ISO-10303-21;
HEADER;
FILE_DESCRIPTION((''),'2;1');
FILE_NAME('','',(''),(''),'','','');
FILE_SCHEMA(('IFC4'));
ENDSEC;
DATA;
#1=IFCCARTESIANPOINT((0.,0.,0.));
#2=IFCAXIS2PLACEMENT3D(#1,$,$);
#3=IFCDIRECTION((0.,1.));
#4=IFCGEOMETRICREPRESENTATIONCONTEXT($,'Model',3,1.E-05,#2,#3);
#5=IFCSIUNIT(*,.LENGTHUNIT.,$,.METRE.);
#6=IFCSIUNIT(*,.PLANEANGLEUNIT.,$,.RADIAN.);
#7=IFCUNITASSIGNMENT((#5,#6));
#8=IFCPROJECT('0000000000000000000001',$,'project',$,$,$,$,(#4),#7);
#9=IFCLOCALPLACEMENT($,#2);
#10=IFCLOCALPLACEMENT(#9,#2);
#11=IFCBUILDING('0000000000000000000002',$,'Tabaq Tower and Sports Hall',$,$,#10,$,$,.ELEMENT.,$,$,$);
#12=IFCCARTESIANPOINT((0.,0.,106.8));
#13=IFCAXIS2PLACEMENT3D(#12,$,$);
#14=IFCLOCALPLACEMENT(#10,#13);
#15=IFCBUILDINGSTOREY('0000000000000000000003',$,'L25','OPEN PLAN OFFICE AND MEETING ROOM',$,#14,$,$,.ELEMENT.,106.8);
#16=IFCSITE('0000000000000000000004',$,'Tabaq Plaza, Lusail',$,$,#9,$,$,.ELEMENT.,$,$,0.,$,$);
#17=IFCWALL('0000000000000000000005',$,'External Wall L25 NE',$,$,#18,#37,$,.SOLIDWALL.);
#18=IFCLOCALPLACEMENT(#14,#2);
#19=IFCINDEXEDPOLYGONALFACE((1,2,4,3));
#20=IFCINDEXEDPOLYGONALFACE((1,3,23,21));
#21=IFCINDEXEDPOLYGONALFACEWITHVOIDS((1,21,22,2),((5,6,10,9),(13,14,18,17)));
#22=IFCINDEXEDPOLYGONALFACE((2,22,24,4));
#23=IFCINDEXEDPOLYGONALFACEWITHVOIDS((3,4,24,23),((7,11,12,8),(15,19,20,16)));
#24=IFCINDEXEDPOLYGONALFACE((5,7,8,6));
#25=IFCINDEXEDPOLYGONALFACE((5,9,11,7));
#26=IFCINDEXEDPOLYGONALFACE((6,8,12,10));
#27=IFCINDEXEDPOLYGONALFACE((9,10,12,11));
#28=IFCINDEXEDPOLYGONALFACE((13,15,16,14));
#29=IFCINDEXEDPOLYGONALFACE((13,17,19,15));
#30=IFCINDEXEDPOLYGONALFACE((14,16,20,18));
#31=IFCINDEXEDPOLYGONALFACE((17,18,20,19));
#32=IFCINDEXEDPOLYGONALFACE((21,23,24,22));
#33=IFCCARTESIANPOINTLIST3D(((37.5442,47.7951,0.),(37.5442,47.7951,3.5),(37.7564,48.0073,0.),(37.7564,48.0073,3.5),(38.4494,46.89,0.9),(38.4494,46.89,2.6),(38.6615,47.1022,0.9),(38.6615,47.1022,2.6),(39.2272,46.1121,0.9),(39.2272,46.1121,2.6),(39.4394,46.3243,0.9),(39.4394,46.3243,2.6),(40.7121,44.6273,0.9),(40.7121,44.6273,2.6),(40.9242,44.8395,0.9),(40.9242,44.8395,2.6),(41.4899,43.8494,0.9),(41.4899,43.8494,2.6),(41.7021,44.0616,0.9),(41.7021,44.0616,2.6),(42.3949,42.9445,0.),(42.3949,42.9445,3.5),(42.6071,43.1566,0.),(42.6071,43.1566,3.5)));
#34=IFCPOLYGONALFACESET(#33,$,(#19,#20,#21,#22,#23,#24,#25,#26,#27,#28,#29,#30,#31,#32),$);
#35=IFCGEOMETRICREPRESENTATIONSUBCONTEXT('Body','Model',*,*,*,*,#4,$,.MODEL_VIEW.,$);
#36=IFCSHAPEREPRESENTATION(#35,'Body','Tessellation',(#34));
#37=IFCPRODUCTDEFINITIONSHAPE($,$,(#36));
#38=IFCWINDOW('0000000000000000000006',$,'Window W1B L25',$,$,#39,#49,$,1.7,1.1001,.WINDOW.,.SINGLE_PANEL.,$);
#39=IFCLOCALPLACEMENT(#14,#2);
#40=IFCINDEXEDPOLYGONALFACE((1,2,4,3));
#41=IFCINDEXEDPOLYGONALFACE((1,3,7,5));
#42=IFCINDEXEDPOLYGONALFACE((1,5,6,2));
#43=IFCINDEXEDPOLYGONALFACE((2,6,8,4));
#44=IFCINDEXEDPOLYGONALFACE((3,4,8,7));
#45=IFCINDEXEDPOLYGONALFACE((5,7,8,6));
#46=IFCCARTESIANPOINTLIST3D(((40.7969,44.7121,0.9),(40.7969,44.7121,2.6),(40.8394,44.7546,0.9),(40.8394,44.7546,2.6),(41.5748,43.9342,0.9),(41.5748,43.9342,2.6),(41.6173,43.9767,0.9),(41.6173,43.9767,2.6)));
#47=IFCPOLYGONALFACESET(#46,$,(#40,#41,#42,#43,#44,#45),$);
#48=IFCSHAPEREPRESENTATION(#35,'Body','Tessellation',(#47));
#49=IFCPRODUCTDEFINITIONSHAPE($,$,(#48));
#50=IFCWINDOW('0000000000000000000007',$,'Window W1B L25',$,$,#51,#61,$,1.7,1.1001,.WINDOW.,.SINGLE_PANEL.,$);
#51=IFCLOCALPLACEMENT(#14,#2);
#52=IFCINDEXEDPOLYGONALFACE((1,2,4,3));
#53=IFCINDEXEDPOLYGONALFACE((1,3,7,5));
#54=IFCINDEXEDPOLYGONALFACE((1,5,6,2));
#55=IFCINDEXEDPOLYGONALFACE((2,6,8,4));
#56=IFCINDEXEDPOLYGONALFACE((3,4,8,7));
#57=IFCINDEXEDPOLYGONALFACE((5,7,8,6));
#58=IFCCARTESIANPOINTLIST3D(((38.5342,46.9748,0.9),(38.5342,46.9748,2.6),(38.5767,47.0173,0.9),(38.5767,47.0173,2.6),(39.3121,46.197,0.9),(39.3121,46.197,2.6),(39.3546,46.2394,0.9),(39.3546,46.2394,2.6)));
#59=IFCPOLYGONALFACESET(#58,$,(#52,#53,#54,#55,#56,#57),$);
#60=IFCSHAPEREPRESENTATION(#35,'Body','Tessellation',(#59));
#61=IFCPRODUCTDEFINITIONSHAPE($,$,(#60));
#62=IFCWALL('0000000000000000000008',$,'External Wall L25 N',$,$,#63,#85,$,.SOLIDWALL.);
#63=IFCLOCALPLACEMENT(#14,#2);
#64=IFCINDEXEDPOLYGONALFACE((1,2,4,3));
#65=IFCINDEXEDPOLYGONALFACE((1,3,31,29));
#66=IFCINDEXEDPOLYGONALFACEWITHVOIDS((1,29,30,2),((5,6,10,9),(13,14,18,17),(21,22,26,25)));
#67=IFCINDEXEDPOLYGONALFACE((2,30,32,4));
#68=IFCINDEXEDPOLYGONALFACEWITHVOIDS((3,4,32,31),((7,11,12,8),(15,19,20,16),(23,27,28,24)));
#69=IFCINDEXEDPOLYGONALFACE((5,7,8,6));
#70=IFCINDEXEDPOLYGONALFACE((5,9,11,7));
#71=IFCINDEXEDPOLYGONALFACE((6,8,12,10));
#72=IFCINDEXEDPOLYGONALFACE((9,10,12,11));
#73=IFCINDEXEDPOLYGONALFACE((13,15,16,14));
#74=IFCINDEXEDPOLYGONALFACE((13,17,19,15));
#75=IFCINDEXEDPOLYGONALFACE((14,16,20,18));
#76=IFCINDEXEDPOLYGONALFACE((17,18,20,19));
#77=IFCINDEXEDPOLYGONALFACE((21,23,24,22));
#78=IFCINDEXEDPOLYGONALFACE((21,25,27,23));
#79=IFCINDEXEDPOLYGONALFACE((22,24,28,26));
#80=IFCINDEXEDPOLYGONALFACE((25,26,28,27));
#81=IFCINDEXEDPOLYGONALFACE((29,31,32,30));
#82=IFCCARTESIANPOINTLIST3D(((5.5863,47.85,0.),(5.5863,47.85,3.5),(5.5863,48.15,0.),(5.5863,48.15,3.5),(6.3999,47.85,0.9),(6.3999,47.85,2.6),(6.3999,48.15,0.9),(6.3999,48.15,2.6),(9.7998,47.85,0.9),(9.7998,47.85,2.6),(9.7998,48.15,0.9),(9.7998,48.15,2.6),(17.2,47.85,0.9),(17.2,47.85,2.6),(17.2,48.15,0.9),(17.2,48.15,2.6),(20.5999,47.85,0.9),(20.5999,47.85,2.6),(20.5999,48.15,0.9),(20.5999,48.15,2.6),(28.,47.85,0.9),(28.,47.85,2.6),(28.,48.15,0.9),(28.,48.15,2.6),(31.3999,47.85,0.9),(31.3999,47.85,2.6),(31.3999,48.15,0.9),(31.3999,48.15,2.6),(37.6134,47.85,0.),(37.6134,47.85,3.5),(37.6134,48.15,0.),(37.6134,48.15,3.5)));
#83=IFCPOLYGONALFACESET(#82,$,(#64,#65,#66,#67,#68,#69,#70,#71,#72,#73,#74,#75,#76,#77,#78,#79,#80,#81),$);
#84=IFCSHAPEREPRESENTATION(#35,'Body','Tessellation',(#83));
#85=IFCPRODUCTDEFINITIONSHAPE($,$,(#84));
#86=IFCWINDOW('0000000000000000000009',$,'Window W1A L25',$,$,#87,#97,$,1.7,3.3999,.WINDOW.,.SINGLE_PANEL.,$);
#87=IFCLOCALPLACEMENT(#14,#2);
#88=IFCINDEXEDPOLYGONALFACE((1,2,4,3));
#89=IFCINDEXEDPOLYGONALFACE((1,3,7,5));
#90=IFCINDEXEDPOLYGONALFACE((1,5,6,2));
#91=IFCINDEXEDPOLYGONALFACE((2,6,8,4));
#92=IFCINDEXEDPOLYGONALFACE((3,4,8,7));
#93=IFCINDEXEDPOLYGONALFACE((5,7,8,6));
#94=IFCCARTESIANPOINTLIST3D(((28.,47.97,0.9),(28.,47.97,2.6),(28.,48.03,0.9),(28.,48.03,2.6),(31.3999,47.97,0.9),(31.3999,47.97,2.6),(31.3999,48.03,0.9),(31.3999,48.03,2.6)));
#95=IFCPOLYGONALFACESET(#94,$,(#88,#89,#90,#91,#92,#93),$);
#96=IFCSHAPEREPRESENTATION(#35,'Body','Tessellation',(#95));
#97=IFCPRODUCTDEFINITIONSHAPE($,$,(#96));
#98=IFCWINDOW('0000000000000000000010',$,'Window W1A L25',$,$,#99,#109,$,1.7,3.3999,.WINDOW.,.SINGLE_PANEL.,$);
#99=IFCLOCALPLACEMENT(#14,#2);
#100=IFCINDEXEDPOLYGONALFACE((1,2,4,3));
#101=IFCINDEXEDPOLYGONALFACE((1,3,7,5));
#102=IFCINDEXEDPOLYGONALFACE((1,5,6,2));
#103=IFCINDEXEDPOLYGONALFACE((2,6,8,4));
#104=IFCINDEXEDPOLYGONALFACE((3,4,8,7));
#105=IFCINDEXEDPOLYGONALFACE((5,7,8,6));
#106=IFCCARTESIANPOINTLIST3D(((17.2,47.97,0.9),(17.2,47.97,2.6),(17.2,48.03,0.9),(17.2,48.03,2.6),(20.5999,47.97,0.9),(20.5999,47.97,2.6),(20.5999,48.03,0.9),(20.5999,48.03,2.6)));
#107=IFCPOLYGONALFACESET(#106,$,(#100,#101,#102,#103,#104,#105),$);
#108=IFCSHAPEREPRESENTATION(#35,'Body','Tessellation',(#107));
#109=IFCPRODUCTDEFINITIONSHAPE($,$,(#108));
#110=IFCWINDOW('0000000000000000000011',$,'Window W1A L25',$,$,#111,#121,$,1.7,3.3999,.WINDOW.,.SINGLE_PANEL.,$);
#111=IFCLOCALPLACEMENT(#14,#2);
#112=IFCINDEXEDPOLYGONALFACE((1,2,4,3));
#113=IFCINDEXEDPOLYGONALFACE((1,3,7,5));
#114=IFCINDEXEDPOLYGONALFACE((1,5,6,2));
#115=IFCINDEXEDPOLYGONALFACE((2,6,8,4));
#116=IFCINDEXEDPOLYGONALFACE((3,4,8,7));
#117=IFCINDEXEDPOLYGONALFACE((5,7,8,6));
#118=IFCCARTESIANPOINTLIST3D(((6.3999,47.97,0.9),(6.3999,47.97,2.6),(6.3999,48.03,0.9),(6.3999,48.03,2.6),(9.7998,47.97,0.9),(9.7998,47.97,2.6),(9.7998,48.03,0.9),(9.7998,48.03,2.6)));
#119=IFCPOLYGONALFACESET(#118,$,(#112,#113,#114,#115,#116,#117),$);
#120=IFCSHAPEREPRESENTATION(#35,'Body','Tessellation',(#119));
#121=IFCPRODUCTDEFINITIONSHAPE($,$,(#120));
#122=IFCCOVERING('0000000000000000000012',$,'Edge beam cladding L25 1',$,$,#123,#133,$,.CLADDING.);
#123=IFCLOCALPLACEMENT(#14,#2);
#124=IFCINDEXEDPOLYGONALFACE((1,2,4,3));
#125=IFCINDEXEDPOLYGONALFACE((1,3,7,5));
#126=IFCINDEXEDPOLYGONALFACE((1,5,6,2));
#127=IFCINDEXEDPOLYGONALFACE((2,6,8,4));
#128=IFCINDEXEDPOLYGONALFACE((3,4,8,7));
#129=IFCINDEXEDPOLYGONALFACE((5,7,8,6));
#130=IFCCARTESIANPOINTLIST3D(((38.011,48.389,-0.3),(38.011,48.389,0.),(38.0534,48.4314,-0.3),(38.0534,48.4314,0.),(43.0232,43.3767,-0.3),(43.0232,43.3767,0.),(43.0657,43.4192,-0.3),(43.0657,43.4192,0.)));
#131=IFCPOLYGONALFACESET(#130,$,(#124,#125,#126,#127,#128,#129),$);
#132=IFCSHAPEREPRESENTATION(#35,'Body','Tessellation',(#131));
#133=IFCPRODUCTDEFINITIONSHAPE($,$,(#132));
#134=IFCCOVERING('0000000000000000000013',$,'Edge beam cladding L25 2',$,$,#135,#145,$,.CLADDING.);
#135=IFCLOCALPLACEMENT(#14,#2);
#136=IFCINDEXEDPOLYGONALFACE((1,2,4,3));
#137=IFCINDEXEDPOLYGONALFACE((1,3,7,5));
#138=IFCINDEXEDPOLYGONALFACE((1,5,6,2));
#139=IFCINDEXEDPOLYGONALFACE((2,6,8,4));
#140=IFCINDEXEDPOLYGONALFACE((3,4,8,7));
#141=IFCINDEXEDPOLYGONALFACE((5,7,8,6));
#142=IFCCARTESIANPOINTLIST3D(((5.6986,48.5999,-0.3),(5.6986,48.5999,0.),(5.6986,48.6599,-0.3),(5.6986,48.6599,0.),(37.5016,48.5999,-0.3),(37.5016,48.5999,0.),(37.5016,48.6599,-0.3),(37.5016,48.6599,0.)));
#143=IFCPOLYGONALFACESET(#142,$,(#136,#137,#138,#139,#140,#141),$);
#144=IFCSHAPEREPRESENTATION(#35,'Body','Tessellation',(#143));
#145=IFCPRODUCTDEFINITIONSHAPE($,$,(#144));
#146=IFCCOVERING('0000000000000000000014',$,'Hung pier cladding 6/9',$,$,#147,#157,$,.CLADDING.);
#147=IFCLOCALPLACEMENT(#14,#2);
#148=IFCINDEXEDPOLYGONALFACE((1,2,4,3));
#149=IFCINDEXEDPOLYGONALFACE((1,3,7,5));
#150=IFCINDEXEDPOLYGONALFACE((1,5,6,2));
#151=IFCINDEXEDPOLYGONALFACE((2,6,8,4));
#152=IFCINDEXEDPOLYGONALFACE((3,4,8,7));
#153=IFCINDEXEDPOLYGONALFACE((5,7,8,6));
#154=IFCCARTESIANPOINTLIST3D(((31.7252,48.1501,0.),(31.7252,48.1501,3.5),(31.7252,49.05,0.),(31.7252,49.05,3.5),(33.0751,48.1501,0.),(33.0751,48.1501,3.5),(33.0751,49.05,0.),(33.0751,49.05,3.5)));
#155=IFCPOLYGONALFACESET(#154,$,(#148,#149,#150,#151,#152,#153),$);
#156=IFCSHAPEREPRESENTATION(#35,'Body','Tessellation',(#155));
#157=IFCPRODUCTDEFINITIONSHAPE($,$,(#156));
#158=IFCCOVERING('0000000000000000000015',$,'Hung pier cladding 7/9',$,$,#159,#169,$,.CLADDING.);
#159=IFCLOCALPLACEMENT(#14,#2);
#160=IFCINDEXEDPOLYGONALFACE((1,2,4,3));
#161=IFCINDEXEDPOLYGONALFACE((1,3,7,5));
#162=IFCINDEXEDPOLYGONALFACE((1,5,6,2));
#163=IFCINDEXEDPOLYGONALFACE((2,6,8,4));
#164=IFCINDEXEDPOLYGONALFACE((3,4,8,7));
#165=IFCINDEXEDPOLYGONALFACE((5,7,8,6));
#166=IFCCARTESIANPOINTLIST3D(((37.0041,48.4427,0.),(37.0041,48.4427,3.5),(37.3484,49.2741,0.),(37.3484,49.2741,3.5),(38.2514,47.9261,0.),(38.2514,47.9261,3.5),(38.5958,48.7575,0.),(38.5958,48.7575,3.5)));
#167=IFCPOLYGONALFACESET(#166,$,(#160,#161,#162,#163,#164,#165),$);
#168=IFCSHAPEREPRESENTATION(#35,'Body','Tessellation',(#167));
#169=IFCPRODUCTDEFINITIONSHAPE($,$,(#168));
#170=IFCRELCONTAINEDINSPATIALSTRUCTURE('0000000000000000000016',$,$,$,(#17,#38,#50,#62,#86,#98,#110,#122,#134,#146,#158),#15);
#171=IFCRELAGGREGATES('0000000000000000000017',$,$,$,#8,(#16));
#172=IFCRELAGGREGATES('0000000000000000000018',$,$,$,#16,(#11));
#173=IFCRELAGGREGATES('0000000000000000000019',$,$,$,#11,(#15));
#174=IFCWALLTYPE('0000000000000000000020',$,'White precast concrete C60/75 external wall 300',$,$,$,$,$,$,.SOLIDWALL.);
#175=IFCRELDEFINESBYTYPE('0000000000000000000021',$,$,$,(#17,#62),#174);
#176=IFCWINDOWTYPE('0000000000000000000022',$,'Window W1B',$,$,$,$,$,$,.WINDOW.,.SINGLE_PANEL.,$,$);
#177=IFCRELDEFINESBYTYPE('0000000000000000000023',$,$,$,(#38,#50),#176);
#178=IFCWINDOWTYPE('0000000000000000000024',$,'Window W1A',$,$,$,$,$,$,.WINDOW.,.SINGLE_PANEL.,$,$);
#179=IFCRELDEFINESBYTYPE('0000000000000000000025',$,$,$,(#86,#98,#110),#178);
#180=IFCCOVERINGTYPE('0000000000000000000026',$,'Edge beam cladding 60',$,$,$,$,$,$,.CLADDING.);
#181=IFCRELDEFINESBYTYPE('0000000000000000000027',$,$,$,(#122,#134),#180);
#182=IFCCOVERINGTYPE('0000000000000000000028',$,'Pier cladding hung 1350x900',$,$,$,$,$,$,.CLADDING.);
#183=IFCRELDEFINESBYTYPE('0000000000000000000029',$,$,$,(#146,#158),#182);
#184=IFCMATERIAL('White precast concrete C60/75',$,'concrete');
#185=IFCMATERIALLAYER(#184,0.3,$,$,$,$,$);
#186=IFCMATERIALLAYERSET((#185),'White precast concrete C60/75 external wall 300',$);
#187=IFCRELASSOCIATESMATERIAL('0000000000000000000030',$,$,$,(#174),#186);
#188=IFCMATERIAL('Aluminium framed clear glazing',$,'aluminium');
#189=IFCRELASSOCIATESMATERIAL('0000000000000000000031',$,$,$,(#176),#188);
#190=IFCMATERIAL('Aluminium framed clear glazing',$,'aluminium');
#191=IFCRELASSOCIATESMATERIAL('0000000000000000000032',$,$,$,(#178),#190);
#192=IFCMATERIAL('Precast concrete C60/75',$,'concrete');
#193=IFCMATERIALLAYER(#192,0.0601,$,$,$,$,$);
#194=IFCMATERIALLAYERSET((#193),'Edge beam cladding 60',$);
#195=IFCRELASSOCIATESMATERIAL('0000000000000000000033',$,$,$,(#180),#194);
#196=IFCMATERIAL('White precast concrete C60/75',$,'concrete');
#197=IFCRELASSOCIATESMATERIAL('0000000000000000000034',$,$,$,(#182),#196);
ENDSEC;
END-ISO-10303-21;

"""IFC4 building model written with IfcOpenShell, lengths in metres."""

from ifc_helpers import new_model, si_unit, direction, frame, frame_2d, origin, place, context, subcontext, project, spatial, rectangle, extrude, material, layer, layer_set, type_object, element, fill, save


model = new_model("IFC4")

# Units and contexts
model_context = context("Model", 3, precision=1e-05, world=origin(), true_north=direction((0.0, 1.0)))
body_context = subcontext(model_context, "Body", "Model", "MODEL_VIEW")
ifc_project = project(units=[si_unit("LENGTHUNIT", "METRE"), si_unit("PLANEANGLEUNIT", "RADIAN")], contexts=[model_context])

# Site, building, storey
site_placement = place(None, origin())
site = spatial("IfcSite", under=ifc_project, at=site_placement, Name="Tabaq Plaza, Lusail", CompositionType="ELEMENT", RefElevation=0.0)
building_placement = place(site_placement, origin())
building = spatial("IfcBuilding", under=site, at=building_placement, Name="Tabaq Tower and Sports Hall", CompositionType="ELEMENT")
storey_placement = place(building_placement, frame((0.0, 0.0, 106.8)))
storey = spatial("IfcBuildingStorey", under=building, at=storey_placement, Name="L25", Description="OPEN PLAN OFFICE AND MEETING ROOM", CompositionType="ELEMENT", Elevation=106.8)

# Walls, openings, windows
ifc_material_1 = material(Name="White precast concrete C60/75", Category="concrete")
ifc_layer_1 = layer(ifc_material_1, 0.3)
ifc_layer_set_1 = layer_set([ifc_layer_1], Name="White precast concrete C60/75 external wall 300")
wall_type_1 = type_object("IfcWallType", Name="White precast concrete C60/75 external wall 300", PredefinedType="SOLIDWALL", material=ifc_layer_set_1)
wall_1_placement = place(storey_placement, frame((42.501, 43.0505, 0.0), z_axis=(0.0, 0.0, 1.0), x_axis=(-0.707107, 0.707107, 0.0)))
wall_1 = element("IfcWall", 1, at=wall_1_placement, inside=storey, type_object=wall_type_1, Name="External Wall L25 NE", PredefinedType="SOLIDWALL", context=body_context, shape_type="SweptSolid", body=[
    extrude(rectangle(XDim=6.8599, YDim=0.3, at=frame_2d((3.4299, 0.0))), origin(), (0.0, 0.0, 1.0), 3.5),
])
opening_1_placement = place(wall_1_placement, frame((1.2798, 0.0, 0.8999)))
opening_1 = element("IfcOpeningElement", 2, at=opening_1_placement, cuts=wall_1, PredefinedType="OPENING", context=body_context, shape_type="SweptSolid", body=[
    extrude(rectangle(XDim=1.1001, YDim=1.7, at=frame_2d((0.55, 0.8501))), frame((0.0, 0.1602, 0.0), z_axis=(0.0, -1.0, 0.0), x_axis=(1.0, 0.0, 0.0)), (0.0, 0.0, 1.0), 0.3201),
])
opening_2_placement = place(wall_1_placement, frame((4.4797, 0.0, 0.8999)))
opening_2 = element("IfcOpeningElement", 3, at=opening_2_placement, cuts=wall_1, PredefinedType="OPENING", context=body_context, shape_type="SweptSolid", body=[
    extrude(rectangle(XDim=1.1001, YDim=1.7, at=frame_2d((0.55, 0.8501))), frame((0.0, 0.1602, 0.0), z_axis=(0.0, -1.0, 0.0), x_axis=(1.0, 0.0, 0.0)), (0.0, 0.0, 1.0), 0.3201),
])
ifc_material_2 = material(Name="Aluminium framed clear glazing", Category="aluminium")
window_type_1 = type_object("IfcWindowType", Name="Window W1B", PartitioningType="SINGLE_PANEL", PredefinedType="WINDOW", material=ifc_material_2)
window_1_placement = place(opening_1_placement, origin())
window_1 = element("IfcWindow", 4, at=window_1_placement, inside=storey, type_object=window_type_1, Name="Window W1B L25", OverallHeight=1.7, OverallWidth=1.1001, PartitioningType="SINGLE_PANEL", PredefinedType="WINDOW", context=body_context, shape_type="SweptSolid", body=[
    extrude(rectangle(XDim=1.1001, YDim=1.7, at=frame_2d((0.55, 0.8501))), frame((0.0, 0.03, 0.0), z_axis=(0.0, -1.0, 0.0), x_axis=(1.0, 0.0, 0.0)), (0.0, 0.0, 1.0), 0.0601),
])
fill(opening_1, window_1)
window_2_placement = place(opening_2_placement, origin())
window_2 = element("IfcWindow", 5, at=window_2_placement, inside=storey, type_object=window_type_1, Name="Window W1B L25", OverallHeight=1.7, OverallWidth=1.1001, PartitioningType="SINGLE_PANEL", PredefinedType="WINDOW", context=body_context, shape_type="SweptSolid", body=[
    extrude(rectangle(XDim=1.1001, YDim=1.7, at=frame_2d((0.55, 0.8501))), frame((0.0, 0.03, 0.0), z_axis=(0.0, -1.0, 0.0), x_axis=(1.0, 0.0, 0.0)), (0.0, 0.0, 1.0), 0.0601),
])
fill(opening_2, window_2)
wall_2_placement = place(storey_placement, frame((37.6135, 48.0, 0.0), z_axis=(0.0, 0.0, 1.0), x_axis=(-1.0, 0.0, 0.0)))
wall_2 = element("IfcWall", 6, at=wall_2_placement, inside=storey, type_object=wall_type_1, Name="External Wall L25 N", PredefinedType="SOLIDWALL", context=body_context, shape_type="SweptSolid", body=[
    extrude(rectangle(XDim=32.0271, YDim=0.3, at=frame_2d((16.0137, 0.0))), origin(), (0.0, 0.0, 1.0), 3.5),
])
opening_3_placement = place(wall_2_placement, frame((6.2136, 0.0, 0.8999)))
opening_3 = element("IfcOpeningElement", 7, at=opening_3_placement, cuts=wall_2, PredefinedType="OPENING", context=body_context, shape_type="SweptSolid", body=[
    extrude(rectangle(XDim=3.3999, YDim=1.7, at=frame_2d((1.7, 0.8501))), frame((0.0, 0.1602, 0.0), z_axis=(0.0, -1.0, 0.0), x_axis=(1.0, 0.0, 0.0)), (0.0, 0.0, 1.0), 0.3201),
])
opening_4_placement = place(wall_2_placement, frame((17.0137, 0.0, 0.8999)))
opening_4 = element("IfcOpeningElement", 8, at=opening_4_placement, cuts=wall_2, PredefinedType="OPENING", context=body_context, shape_type="SweptSolid", body=[
    extrude(rectangle(XDim=3.3999, YDim=1.7, at=frame_2d((1.7, 0.8501))), frame((0.0, 0.1602, 0.0), z_axis=(0.0, -1.0, 0.0), x_axis=(1.0, 0.0, 0.0)), (0.0, 0.0, 1.0), 0.3201),
])
opening_5_placement = place(wall_2_placement, frame((27.8137, 0.0, 0.8999)))
opening_5 = element("IfcOpeningElement", 9, at=opening_5_placement, cuts=wall_2, PredefinedType="OPENING", context=body_context, shape_type="SweptSolid", body=[
    extrude(rectangle(XDim=3.3999, YDim=1.7, at=frame_2d((1.7, 0.8501))), frame((0.0, 0.1602, 0.0), z_axis=(0.0, -1.0, 0.0), x_axis=(1.0, 0.0, 0.0)), (0.0, 0.0, 1.0), 0.3201),
])
ifc_material_3 = material(Name="Aluminium framed clear glazing", Category="aluminium")
window_type_2 = type_object("IfcWindowType", Name="Window W1A", PartitioningType="SINGLE_PANEL", PredefinedType="WINDOW", material=ifc_material_3)
window_3_placement = place(opening_3_placement, origin())
window_3 = element("IfcWindow", 10, at=window_3_placement, inside=storey, type_object=window_type_2, Name="Window W1A L25", OverallHeight=1.7, OverallWidth=3.3999, PartitioningType="SINGLE_PANEL", PredefinedType="WINDOW", context=body_context, shape_type="SweptSolid", body=[
    extrude(rectangle(XDim=3.3999, YDim=1.7, at=frame_2d((1.7, 0.8501))), frame((0.0, 0.03, 0.0), z_axis=(0.0, -1.0, 0.0), x_axis=(1.0, 0.0, 0.0)), (0.0, 0.0, 1.0), 0.0601),
])
fill(opening_3, window_3)
window_4_placement = place(opening_4_placement, origin())
window_4 = element("IfcWindow", 11, at=window_4_placement, inside=storey, type_object=window_type_2, Name="Window W1A L25", OverallHeight=1.7, OverallWidth=3.3999, PartitioningType="SINGLE_PANEL", PredefinedType="WINDOW", context=body_context, shape_type="SweptSolid", body=[
    extrude(rectangle(XDim=3.3999, YDim=1.7, at=frame_2d((1.7, 0.8501))), frame((0.0, 0.03, 0.0), z_axis=(0.0, -1.0, 0.0), x_axis=(1.0, 0.0, 0.0)), (0.0, 0.0, 1.0), 0.0601),
])
fill(opening_4, window_4)
window_5_placement = place(opening_5_placement, origin())
window_5 = element("IfcWindow", 12, at=window_5_placement, inside=storey, type_object=window_type_2, Name="Window W1A L25", OverallHeight=1.7, OverallWidth=3.3999, PartitioningType="SINGLE_PANEL", PredefinedType="WINDOW", context=body_context, shape_type="SweptSolid", body=[
    extrude(rectangle(XDim=3.3999, YDim=1.7, at=frame_2d((1.7, 0.8501))), frame((0.0, 0.03, 0.0), z_axis=(0.0, -1.0, 0.0), x_axis=(1.0, 0.0, 0.0)), (0.0, 0.0, 1.0), 0.0601),
])
fill(opening_5, window_5)

# Coverings
ifc_material_4 = material(Name="Precast concrete C60/75", Category="concrete")
ifc_layer_2 = layer(ifc_material_4, 0.0601)
ifc_layer_set_2 = layer_set([ifc_layer_2], Name="Edge beam cladding 60")
covering_type_1 = type_object("IfcCoveringType", Name="Edge beam cladding 60", PredefinedType="CLADDING", material=ifc_layer_set_2)
covering_1_placement = place(storey_placement, frame((43.0444, 43.3979, -0.3), z_axis=(0.0, 0.0, 1.0), x_axis=(-0.707107, 0.707107, 0.0)))
element("IfcCovering", 13, at=covering_1_placement, inside=storey, type_object=covering_type_1, Name="Edge beam cladding L25 1", PredefinedType="CLADDING", context=body_context, shape_type="SweptSolid", body=[
    extrude(rectangle(XDim=7.0884, YDim=0.0601, at=frame_2d((3.5442, 0.0))), origin(), (0.0, 0.0, 1.0), 0.3),
])
covering_2_placement = place(storey_placement, frame((37.5015, 48.6299, -0.3), z_axis=(0.0, 0.0, 1.0), x_axis=(-1.0, 0.0, 0.0)))
element("IfcCovering", 14, at=covering_2_placement, inside=storey, type_object=covering_type_1, Name="Edge beam cladding L25 2", PredefinedType="CLADDING", context=body_context, shape_type="SweptSolid", body=[
    extrude(rectangle(XDim=31.803, YDim=0.0601, at=frame_2d((15.9014, 0.0))), origin(), (0.0, 0.0, 1.0), 0.3),
])
ifc_material_5 = material(Name="White precast concrete C60/75", Category="concrete")
covering_type_2 = type_object("IfcCoveringType", Name="Pier cladding hung 1350x900", PredefinedType="CLADDING", material=ifc_material_5)
covering_3_placement = place(storey_placement, frame((33.075, 48.6001, 0.0), z_axis=(0.0, 0.0, 1.0), x_axis=(-1.0, 0.0, 0.0)))
element("IfcCovering", 15, at=covering_3_placement, inside=storey, type_object=covering_type_2, Name="Hung pier cladding 6/9", PredefinedType="CLADDING", context=body_context, shape_type="SweptSolid", body=[
    extrude(rectangle(XDim=1.3499, YDim=0.8999, at=frame_2d((0.6748, 0.0))), origin(), (0.0, 0.0, 1.0), 3.5),
])
for number, where, z_axis, x_axis, name in (
    (16, (38.4236, 48.3418, 0.0), (0.0, 0.0, 1.0), (-0.923893, 0.38265, 0.0), "Hung pier cladding 7/9"),
):
    element("IfcCovering", number, at=place(storey_placement, frame(where, z_axis=z_axis, x_axis=x_axis)), inside=storey, type_object=covering_type_2, Name=name, PredefinedType="CLADDING", context=body_context, shape_type="SweptSolid", body=[
        extrude(rectangle(XDim=1.3501, YDim=0.8999, at=frame_2d((0.675, 0.0))), origin(), (0.0, 0.0, 1.0), 3.5),
    ])

save(model, "model.ifc")
